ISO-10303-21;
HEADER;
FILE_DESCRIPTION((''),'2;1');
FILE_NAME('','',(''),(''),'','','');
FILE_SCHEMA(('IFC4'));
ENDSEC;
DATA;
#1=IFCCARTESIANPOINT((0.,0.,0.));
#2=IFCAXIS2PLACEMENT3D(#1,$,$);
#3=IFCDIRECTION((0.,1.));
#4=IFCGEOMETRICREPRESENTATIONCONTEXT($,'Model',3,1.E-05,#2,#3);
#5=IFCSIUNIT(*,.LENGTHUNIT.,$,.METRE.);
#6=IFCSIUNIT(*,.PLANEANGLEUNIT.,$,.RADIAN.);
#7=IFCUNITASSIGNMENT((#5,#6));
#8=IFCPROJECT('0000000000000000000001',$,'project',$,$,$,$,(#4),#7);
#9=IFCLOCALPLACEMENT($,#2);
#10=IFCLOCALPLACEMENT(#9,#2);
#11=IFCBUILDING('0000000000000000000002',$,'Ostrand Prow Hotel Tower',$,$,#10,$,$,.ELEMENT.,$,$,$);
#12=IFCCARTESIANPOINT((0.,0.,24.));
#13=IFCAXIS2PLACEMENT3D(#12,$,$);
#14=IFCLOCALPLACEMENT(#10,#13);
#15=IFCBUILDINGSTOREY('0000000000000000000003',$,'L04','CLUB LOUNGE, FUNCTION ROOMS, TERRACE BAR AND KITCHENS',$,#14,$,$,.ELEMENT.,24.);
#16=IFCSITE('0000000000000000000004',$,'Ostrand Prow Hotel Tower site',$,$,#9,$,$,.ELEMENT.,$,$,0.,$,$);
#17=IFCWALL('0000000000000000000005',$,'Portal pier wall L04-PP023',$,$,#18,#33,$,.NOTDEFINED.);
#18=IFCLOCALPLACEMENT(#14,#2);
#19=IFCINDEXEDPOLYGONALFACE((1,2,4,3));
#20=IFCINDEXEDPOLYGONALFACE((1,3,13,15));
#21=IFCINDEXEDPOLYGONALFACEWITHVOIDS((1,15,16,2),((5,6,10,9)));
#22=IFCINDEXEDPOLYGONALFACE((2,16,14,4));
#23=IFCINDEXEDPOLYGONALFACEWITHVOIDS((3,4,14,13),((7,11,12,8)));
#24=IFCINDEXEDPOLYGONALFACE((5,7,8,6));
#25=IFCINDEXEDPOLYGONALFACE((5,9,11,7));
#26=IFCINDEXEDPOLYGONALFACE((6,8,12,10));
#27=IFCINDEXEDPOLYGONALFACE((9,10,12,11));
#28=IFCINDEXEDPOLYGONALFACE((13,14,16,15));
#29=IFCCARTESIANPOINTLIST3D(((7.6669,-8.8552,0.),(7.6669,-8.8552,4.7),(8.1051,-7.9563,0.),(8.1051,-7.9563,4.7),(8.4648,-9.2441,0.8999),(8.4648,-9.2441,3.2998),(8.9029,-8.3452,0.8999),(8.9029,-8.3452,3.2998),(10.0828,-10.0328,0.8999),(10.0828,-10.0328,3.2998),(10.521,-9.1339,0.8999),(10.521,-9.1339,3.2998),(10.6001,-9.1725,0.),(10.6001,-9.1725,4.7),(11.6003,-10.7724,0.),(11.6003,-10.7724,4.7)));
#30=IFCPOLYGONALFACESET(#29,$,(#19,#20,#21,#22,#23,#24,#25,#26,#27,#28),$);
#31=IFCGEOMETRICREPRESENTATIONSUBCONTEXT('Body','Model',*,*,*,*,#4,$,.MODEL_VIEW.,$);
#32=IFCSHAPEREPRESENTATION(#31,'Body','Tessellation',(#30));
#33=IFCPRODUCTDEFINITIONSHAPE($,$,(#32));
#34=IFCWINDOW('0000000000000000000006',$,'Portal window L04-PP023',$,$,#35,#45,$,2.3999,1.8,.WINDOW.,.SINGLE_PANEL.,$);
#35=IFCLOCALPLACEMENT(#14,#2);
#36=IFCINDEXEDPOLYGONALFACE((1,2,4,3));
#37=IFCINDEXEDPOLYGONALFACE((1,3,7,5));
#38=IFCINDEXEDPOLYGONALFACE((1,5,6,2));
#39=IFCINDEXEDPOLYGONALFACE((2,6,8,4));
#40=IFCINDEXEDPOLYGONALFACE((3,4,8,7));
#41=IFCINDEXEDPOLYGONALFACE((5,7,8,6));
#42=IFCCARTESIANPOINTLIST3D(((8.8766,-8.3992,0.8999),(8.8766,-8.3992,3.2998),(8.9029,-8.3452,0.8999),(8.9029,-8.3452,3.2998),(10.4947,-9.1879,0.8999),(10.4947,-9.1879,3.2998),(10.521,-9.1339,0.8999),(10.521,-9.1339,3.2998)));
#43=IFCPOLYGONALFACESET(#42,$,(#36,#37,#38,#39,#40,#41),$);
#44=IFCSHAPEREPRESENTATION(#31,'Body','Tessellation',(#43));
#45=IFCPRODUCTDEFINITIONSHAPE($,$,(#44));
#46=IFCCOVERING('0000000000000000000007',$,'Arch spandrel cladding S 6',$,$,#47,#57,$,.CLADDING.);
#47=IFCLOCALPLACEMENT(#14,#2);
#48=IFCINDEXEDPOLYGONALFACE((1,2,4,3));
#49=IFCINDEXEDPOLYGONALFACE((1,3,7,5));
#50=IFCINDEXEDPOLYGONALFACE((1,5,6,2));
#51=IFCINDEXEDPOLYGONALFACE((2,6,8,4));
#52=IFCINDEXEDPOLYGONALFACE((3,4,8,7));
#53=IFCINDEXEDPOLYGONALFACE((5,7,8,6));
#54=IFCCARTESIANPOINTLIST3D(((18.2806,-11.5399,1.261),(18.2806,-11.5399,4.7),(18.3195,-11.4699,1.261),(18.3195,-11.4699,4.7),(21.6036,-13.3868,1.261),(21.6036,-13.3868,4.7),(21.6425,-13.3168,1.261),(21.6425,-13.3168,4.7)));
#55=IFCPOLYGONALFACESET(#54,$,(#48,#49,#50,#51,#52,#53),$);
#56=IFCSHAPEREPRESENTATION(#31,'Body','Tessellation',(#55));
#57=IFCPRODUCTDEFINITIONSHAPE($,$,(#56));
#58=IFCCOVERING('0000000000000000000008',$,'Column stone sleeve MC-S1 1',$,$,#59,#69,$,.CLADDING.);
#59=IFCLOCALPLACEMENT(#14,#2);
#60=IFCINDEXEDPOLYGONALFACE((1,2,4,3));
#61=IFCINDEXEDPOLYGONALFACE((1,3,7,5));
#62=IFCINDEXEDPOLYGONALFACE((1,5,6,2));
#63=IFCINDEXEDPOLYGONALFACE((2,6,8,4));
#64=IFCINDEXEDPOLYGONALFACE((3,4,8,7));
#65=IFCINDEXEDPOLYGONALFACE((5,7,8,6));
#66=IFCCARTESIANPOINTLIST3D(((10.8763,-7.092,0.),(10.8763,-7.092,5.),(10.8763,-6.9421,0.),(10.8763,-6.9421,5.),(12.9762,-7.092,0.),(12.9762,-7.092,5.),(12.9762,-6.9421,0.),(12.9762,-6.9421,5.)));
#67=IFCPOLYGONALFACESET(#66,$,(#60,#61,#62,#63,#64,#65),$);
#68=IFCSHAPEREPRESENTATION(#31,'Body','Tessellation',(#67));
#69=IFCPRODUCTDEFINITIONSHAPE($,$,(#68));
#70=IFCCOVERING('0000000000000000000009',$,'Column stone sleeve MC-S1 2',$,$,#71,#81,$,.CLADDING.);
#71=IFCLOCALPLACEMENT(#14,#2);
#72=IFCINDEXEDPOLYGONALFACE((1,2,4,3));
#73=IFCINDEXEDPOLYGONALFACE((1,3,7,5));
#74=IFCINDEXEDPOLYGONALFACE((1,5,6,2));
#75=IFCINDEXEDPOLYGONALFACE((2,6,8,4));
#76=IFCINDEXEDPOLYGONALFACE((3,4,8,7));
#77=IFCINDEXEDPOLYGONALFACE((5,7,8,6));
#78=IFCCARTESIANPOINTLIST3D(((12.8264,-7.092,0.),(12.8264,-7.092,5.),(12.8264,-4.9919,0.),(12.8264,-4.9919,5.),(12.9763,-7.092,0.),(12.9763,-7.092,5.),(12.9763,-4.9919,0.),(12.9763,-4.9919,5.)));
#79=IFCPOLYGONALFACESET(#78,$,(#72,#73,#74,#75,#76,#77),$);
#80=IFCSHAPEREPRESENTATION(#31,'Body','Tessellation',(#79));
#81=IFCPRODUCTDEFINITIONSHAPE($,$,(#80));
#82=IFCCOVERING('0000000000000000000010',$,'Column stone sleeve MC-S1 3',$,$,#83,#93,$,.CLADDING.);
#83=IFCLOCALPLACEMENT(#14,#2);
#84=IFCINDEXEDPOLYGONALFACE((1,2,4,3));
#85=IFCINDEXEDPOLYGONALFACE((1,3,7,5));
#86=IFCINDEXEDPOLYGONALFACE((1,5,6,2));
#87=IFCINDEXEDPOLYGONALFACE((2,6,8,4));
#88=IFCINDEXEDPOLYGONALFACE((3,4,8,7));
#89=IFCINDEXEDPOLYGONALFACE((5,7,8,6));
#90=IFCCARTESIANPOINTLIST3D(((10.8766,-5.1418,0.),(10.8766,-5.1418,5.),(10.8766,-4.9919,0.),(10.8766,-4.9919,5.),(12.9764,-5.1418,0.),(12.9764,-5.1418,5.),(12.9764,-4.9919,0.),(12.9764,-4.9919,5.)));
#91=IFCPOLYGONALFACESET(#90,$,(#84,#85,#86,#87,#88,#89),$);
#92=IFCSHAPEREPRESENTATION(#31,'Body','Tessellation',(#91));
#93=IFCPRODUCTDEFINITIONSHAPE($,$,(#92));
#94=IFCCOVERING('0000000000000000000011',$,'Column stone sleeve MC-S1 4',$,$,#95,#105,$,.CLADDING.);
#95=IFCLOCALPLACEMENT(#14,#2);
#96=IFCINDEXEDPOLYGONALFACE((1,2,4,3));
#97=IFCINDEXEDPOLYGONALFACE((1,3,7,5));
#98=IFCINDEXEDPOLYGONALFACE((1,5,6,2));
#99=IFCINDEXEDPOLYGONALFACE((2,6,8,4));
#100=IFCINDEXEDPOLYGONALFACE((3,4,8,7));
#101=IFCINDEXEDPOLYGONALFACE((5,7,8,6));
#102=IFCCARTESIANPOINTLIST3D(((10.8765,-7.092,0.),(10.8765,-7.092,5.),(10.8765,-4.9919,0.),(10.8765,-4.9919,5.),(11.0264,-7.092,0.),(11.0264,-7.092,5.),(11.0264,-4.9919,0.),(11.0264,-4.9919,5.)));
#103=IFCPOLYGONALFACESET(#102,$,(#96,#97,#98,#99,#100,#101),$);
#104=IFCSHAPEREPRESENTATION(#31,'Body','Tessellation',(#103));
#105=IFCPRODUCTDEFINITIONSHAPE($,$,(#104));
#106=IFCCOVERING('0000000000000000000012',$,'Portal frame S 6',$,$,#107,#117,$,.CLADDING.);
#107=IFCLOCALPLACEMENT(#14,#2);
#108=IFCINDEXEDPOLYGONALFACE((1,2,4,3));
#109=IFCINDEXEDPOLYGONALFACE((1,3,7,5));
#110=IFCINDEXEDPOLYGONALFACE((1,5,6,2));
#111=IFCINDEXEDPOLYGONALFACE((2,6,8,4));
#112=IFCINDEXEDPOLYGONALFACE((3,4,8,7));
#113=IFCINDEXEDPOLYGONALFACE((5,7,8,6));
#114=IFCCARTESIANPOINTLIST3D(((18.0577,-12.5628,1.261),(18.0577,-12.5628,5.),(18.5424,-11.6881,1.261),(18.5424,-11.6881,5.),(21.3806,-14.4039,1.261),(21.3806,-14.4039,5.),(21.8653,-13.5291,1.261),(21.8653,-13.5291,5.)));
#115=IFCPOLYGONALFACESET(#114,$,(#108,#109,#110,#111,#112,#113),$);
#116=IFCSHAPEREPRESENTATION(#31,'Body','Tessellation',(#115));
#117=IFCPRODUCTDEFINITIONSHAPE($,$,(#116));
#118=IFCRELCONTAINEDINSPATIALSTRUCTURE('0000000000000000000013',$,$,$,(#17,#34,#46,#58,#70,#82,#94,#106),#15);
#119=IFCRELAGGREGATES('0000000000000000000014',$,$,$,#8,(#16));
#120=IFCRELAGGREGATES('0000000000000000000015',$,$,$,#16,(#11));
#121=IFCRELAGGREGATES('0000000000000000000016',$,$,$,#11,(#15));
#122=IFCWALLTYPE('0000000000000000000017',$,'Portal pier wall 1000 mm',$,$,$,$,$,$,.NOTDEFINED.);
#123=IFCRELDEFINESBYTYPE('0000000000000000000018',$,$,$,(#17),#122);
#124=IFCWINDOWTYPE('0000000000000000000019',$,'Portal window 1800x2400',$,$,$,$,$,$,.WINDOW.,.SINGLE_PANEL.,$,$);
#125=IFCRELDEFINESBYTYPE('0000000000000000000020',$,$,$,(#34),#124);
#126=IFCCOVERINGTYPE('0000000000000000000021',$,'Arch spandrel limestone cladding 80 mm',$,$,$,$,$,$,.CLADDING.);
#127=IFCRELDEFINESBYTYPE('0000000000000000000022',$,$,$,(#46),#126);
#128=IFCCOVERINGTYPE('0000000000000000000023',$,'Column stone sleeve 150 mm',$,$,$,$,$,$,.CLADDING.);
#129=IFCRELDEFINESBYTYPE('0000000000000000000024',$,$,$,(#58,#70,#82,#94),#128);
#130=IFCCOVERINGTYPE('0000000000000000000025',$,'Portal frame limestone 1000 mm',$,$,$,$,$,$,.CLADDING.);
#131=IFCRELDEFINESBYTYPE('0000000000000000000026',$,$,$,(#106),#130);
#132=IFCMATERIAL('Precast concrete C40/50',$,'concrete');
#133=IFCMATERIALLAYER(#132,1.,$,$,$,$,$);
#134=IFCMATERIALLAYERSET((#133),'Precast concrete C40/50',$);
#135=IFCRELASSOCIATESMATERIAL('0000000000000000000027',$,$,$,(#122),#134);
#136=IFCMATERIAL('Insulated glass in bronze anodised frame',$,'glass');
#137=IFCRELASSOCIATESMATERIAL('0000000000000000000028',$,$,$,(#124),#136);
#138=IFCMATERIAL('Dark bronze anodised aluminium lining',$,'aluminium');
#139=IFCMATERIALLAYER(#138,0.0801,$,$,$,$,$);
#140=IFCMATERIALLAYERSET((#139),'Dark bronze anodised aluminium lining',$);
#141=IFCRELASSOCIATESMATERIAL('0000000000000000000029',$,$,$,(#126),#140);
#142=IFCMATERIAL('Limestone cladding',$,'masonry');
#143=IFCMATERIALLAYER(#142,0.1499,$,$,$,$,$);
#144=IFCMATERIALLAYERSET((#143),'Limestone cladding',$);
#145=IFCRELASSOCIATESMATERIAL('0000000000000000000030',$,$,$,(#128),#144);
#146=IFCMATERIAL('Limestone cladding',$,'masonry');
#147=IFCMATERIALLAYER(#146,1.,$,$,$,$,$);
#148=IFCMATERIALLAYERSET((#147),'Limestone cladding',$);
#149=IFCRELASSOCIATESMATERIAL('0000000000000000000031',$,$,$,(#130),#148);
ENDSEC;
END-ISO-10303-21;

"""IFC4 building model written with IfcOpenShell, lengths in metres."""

from ifc_helpers import new_model, si_unit, direction, frame, frame_2d, origin, place, context, subcontext, project, spatial, polyline, rectangle, outline, extrude, material, layer, layer_set, type_object, element, fill, save


model = new_model("IFC4")

# Units and contexts
model_context = context("Model", 3, precision=1e-05, world=origin(), true_north=direction((0.0, 1.0)))
body_context = subcontext(model_context, "Body", "Model", "MODEL_VIEW")
ifc_project = project(units=[si_unit("LENGTHUNIT", "METRE"), si_unit("PLANEANGLEUNIT", "RADIAN")], contexts=[model_context])

# Site, building, storey
site_placement = place(None, origin())
site = spatial("IfcSite", under=ifc_project, at=site_placement, Name="Ostrand Prow Hotel Tower site", CompositionType="ELEMENT", RefElevation=0.0)
building_placement = place(site_placement, origin())
building = spatial("IfcBuilding", under=site, at=building_placement, Name="Ostrand Prow Hotel Tower", CompositionType="ELEMENT")
storey_placement = place(building_placement, frame((0.0, 0.0, 24.0)))
storey = spatial("IfcBuildingStorey", under=building, at=storey_placement, Name="L04", Description="CLUB LOUNGE, FUNCTION ROOMS, TERRACE BAR AND KITCHENS", CompositionType="ELEMENT", Elevation=24.0)

# Shared definitions
ifc_material_1 = material(Name="Precast concrete C40/50", Category="concrete")
ifc_layer_1 = layer(ifc_material_1, 1.0)
ifc_layer_set_1 = layer_set([ifc_layer_1], Name="Precast concrete C40/50")
wall_type = type_object("IfcWallType", Name="Portal pier wall 1000 mm", PredefinedType="NOTDEFINED", material=ifc_layer_set_1)

# Wall, opening, window
ifc_material_2 = material(Name="Insulated glass in bronze anodised frame", Category="glass")
window_type = type_object("IfcWindowType", Name="Portal window 1800x2400", PartitioningType="SINGLE_PANEL", PredefinedType="WINDOW", material=ifc_material_2)
wall_1_placement = place(storey_placement, frame((7.886, -8.4058, 0.0), z_axis=(0.0, 0.0, 1.0), x_axis=(0.898902, -0.438151, 0.0)))
wall_1 = element("IfcWall", 1, at=wall_1_placement, inside=storey, type_object=wall_type, Name="Portal pier wall L04-PP023", PredefinedType="NOTDEFINED", context=body_context, shape_type="SweptSolid", body=[
    extrude(outline(polyline([(0.0, -0.5), (4.3757, -0.5), (2.7756, 0.5), (0.0, 0.5), (0.0, -0.5)])), origin(), (0.0, 0.0, 1.0), 4.7),
])
opening_1_placement = place(wall_1_placement, frame((0.8877, 0.0, 0.8999)))
opening_1 = element("IfcOpeningElement", 2, at=opening_1_placement, cuts=wall_1, PredefinedType="OPENING", context=body_context, shape_type="SweptSolid", body=[
    extrude(rectangle(XDim=1.8, YDim=2.3999, at=frame_2d((0.8999, 1.2))), frame((0.0, 0.51, 0.0), z_axis=(0.0, -1.0, 0.0), x_axis=(1.0, 0.0, 0.0)), (0.0, 0.0, 1.0), 1.02),
])
window_1_placement = place(opening_1_placement, origin())
window_1 = element("IfcWindow", 3, at=window_1_placement, inside=storey, type_object=window_type, Name="Portal window L04-PP023", OverallHeight=2.3999, OverallWidth=1.8, PartitioningType="SINGLE_PANEL", PredefinedType="WINDOW", context=body_context, shape_type="SweptSolid", body=[
    extrude(rectangle(XDim=1.8, YDim=2.3999, at=frame_2d((0.8999, 1.2))), frame((0.0, 0.5, 0.0), z_axis=(0.0, -1.0, 0.0), x_axis=(1.0, 0.0, 0.0)), (0.0, 0.0, 1.0), 0.0601),
])
fill(opening_1, window_1)

# Coverings
ifc_material_3 = material(Name="Dark bronze anodised aluminium lining", Category="aluminium")
ifc_layer_2 = layer(ifc_material_3, 0.0801)
ifc_layer_set_2 = layer_set([ifc_layer_2], Name="Dark bronze anodised aluminium lining")
covering_type_1 = type_object("IfcCoveringType", Name="Arch spandrel limestone cladding 80 mm", PredefinedType="CLADDING", material=ifc_layer_set_2)
covering_1_placement = place(storey_placement, frame((18.3, -11.5049, 1.261), z_axis=(0.0, 0.0, 1.0), x_axis=(0.874066, -0.485806, 0.0)))
element("IfcCovering", 4, at=covering_1_placement, inside=storey, type_object=covering_type_1, Name="Arch spandrel cladding S 6", PredefinedType="CLADDING", context=body_context, shape_type="SweptSolid", body=[
    extrude(rectangle(XDim=3.8018, YDim=0.0801, at=frame_2d((1.9009, 0.0))), origin(), (0.0, 0.0, 1.0), 3.439),
])
ifc_material_4 = material(Name="Limestone cladding", Category="masonry")
ifc_layer_3 = layer(ifc_material_4, 0.1499)
ifc_layer_set_3 = layer_set([ifc_layer_3], Name="Limestone cladding")
covering_type_2 = type_object("IfcCoveringType", Name="Column stone sleeve 150 mm", PredefinedType="CLADDING", material=ifc_layer_set_3)
covering_2_placement = place(storey_placement, frame((10.8765, -7.0171, 0.0), z_axis=(0.0, 0.0, 1.0), x_axis=(1.0, 0.0, 0.0)))
element("IfcCovering", 5, at=covering_2_placement, inside=storey, type_object=covering_type_2, Name="Column stone sleeve MC-S1 1", PredefinedType="CLADDING", context=body_context, shape_type="SweptSolid", body=[
    extrude(rectangle(XDim=2.0999, YDim=0.1499, at=frame_2d((1.0498, 0.0))), origin(), (0.0, 0.0, 1.0), 5.0),
])
covering_3_placement = place(storey_placement, frame((12.9014, -7.092, 0.0), z_axis=(0.0, 0.0, 1.0), x_axis=(0.0, 1.0, 0.0)))
element("IfcCovering", 6, at=covering_3_placement, inside=storey, type_object=covering_type_2, Name="Column stone sleeve MC-S1 2", PredefinedType="CLADDING", context=body_context, shape_type="SweptSolid", body=[
    extrude(rectangle(XDim=2.1001, YDim=0.1499, at=frame_2d((1.05, 0.0))), origin(), (0.0, 0.0, 1.0), 5.0),
])
covering_4_placement = place(storey_placement, frame((12.9763, -5.0669, 0.0), z_axis=(0.0, 0.0, 1.0), x_axis=(-1.0, 0.0, 0.0)))
element("IfcCovering", 7, at=covering_4_placement, inside=storey, type_object=covering_type_2, Name="Column stone sleeve MC-S1 3", PredefinedType="CLADDING", context=body_context, shape_type="SweptSolid", body=[
    extrude(rectangle(XDim=2.0999, YDim=0.1499, at=frame_2d((1.0498, 0.0))), origin(), (0.0, 0.0, 1.0), 5.0),
])
covering_5_placement = place(storey_placement, frame((10.9514, -4.9919, 0.0), z_axis=(0.0, 0.0, 1.0), x_axis=(0.0, -1.0, 0.0)))
element("IfcCovering", 8, at=covering_5_placement, inside=storey, type_object=covering_type_2, Name="Column stone sleeve MC-S1 4", PredefinedType="CLADDING", context=body_context, shape_type="SweptSolid", body=[
    extrude(rectangle(XDim=2.1001, YDim=0.1499, at=frame_2d((1.05, 0.0))), origin(), (0.0, 0.0, 1.0), 5.0),
])
ifc_material_5 = material(Name="Limestone cladding", Category="masonry")
ifc_layer_4 = layer(ifc_material_5, 1.0)
ifc_layer_set_4 = layer_set([ifc_layer_4], Name="Limestone cladding")
covering_type_3 = type_object("IfcCoveringType", Name="Portal frame limestone 1000 mm", PredefinedType="CLADDING", material=ifc_layer_set_4)
covering_6_placement = place(storey_placement, frame((18.3, -12.1255, 1.261), z_axis=(0.0, 0.0, 1.0), x_axis=(0.874721, -0.484628, 0.0)))
element("IfcCovering", 9, at=covering_6_placement, inside=storey, type_object=covering_type_3, Name="Portal frame S 6", PredefinedType="CLADDING", context=body_context, shape_type="SweptSolid", body=[
    extrude(rectangle(XDim=3.7988, YDim=1.0, at=frame_2d((1.8994, 0.0))), origin(), (0.0, 0.0, 1.0), 3.739),
])

save(model, "model.ifc")
